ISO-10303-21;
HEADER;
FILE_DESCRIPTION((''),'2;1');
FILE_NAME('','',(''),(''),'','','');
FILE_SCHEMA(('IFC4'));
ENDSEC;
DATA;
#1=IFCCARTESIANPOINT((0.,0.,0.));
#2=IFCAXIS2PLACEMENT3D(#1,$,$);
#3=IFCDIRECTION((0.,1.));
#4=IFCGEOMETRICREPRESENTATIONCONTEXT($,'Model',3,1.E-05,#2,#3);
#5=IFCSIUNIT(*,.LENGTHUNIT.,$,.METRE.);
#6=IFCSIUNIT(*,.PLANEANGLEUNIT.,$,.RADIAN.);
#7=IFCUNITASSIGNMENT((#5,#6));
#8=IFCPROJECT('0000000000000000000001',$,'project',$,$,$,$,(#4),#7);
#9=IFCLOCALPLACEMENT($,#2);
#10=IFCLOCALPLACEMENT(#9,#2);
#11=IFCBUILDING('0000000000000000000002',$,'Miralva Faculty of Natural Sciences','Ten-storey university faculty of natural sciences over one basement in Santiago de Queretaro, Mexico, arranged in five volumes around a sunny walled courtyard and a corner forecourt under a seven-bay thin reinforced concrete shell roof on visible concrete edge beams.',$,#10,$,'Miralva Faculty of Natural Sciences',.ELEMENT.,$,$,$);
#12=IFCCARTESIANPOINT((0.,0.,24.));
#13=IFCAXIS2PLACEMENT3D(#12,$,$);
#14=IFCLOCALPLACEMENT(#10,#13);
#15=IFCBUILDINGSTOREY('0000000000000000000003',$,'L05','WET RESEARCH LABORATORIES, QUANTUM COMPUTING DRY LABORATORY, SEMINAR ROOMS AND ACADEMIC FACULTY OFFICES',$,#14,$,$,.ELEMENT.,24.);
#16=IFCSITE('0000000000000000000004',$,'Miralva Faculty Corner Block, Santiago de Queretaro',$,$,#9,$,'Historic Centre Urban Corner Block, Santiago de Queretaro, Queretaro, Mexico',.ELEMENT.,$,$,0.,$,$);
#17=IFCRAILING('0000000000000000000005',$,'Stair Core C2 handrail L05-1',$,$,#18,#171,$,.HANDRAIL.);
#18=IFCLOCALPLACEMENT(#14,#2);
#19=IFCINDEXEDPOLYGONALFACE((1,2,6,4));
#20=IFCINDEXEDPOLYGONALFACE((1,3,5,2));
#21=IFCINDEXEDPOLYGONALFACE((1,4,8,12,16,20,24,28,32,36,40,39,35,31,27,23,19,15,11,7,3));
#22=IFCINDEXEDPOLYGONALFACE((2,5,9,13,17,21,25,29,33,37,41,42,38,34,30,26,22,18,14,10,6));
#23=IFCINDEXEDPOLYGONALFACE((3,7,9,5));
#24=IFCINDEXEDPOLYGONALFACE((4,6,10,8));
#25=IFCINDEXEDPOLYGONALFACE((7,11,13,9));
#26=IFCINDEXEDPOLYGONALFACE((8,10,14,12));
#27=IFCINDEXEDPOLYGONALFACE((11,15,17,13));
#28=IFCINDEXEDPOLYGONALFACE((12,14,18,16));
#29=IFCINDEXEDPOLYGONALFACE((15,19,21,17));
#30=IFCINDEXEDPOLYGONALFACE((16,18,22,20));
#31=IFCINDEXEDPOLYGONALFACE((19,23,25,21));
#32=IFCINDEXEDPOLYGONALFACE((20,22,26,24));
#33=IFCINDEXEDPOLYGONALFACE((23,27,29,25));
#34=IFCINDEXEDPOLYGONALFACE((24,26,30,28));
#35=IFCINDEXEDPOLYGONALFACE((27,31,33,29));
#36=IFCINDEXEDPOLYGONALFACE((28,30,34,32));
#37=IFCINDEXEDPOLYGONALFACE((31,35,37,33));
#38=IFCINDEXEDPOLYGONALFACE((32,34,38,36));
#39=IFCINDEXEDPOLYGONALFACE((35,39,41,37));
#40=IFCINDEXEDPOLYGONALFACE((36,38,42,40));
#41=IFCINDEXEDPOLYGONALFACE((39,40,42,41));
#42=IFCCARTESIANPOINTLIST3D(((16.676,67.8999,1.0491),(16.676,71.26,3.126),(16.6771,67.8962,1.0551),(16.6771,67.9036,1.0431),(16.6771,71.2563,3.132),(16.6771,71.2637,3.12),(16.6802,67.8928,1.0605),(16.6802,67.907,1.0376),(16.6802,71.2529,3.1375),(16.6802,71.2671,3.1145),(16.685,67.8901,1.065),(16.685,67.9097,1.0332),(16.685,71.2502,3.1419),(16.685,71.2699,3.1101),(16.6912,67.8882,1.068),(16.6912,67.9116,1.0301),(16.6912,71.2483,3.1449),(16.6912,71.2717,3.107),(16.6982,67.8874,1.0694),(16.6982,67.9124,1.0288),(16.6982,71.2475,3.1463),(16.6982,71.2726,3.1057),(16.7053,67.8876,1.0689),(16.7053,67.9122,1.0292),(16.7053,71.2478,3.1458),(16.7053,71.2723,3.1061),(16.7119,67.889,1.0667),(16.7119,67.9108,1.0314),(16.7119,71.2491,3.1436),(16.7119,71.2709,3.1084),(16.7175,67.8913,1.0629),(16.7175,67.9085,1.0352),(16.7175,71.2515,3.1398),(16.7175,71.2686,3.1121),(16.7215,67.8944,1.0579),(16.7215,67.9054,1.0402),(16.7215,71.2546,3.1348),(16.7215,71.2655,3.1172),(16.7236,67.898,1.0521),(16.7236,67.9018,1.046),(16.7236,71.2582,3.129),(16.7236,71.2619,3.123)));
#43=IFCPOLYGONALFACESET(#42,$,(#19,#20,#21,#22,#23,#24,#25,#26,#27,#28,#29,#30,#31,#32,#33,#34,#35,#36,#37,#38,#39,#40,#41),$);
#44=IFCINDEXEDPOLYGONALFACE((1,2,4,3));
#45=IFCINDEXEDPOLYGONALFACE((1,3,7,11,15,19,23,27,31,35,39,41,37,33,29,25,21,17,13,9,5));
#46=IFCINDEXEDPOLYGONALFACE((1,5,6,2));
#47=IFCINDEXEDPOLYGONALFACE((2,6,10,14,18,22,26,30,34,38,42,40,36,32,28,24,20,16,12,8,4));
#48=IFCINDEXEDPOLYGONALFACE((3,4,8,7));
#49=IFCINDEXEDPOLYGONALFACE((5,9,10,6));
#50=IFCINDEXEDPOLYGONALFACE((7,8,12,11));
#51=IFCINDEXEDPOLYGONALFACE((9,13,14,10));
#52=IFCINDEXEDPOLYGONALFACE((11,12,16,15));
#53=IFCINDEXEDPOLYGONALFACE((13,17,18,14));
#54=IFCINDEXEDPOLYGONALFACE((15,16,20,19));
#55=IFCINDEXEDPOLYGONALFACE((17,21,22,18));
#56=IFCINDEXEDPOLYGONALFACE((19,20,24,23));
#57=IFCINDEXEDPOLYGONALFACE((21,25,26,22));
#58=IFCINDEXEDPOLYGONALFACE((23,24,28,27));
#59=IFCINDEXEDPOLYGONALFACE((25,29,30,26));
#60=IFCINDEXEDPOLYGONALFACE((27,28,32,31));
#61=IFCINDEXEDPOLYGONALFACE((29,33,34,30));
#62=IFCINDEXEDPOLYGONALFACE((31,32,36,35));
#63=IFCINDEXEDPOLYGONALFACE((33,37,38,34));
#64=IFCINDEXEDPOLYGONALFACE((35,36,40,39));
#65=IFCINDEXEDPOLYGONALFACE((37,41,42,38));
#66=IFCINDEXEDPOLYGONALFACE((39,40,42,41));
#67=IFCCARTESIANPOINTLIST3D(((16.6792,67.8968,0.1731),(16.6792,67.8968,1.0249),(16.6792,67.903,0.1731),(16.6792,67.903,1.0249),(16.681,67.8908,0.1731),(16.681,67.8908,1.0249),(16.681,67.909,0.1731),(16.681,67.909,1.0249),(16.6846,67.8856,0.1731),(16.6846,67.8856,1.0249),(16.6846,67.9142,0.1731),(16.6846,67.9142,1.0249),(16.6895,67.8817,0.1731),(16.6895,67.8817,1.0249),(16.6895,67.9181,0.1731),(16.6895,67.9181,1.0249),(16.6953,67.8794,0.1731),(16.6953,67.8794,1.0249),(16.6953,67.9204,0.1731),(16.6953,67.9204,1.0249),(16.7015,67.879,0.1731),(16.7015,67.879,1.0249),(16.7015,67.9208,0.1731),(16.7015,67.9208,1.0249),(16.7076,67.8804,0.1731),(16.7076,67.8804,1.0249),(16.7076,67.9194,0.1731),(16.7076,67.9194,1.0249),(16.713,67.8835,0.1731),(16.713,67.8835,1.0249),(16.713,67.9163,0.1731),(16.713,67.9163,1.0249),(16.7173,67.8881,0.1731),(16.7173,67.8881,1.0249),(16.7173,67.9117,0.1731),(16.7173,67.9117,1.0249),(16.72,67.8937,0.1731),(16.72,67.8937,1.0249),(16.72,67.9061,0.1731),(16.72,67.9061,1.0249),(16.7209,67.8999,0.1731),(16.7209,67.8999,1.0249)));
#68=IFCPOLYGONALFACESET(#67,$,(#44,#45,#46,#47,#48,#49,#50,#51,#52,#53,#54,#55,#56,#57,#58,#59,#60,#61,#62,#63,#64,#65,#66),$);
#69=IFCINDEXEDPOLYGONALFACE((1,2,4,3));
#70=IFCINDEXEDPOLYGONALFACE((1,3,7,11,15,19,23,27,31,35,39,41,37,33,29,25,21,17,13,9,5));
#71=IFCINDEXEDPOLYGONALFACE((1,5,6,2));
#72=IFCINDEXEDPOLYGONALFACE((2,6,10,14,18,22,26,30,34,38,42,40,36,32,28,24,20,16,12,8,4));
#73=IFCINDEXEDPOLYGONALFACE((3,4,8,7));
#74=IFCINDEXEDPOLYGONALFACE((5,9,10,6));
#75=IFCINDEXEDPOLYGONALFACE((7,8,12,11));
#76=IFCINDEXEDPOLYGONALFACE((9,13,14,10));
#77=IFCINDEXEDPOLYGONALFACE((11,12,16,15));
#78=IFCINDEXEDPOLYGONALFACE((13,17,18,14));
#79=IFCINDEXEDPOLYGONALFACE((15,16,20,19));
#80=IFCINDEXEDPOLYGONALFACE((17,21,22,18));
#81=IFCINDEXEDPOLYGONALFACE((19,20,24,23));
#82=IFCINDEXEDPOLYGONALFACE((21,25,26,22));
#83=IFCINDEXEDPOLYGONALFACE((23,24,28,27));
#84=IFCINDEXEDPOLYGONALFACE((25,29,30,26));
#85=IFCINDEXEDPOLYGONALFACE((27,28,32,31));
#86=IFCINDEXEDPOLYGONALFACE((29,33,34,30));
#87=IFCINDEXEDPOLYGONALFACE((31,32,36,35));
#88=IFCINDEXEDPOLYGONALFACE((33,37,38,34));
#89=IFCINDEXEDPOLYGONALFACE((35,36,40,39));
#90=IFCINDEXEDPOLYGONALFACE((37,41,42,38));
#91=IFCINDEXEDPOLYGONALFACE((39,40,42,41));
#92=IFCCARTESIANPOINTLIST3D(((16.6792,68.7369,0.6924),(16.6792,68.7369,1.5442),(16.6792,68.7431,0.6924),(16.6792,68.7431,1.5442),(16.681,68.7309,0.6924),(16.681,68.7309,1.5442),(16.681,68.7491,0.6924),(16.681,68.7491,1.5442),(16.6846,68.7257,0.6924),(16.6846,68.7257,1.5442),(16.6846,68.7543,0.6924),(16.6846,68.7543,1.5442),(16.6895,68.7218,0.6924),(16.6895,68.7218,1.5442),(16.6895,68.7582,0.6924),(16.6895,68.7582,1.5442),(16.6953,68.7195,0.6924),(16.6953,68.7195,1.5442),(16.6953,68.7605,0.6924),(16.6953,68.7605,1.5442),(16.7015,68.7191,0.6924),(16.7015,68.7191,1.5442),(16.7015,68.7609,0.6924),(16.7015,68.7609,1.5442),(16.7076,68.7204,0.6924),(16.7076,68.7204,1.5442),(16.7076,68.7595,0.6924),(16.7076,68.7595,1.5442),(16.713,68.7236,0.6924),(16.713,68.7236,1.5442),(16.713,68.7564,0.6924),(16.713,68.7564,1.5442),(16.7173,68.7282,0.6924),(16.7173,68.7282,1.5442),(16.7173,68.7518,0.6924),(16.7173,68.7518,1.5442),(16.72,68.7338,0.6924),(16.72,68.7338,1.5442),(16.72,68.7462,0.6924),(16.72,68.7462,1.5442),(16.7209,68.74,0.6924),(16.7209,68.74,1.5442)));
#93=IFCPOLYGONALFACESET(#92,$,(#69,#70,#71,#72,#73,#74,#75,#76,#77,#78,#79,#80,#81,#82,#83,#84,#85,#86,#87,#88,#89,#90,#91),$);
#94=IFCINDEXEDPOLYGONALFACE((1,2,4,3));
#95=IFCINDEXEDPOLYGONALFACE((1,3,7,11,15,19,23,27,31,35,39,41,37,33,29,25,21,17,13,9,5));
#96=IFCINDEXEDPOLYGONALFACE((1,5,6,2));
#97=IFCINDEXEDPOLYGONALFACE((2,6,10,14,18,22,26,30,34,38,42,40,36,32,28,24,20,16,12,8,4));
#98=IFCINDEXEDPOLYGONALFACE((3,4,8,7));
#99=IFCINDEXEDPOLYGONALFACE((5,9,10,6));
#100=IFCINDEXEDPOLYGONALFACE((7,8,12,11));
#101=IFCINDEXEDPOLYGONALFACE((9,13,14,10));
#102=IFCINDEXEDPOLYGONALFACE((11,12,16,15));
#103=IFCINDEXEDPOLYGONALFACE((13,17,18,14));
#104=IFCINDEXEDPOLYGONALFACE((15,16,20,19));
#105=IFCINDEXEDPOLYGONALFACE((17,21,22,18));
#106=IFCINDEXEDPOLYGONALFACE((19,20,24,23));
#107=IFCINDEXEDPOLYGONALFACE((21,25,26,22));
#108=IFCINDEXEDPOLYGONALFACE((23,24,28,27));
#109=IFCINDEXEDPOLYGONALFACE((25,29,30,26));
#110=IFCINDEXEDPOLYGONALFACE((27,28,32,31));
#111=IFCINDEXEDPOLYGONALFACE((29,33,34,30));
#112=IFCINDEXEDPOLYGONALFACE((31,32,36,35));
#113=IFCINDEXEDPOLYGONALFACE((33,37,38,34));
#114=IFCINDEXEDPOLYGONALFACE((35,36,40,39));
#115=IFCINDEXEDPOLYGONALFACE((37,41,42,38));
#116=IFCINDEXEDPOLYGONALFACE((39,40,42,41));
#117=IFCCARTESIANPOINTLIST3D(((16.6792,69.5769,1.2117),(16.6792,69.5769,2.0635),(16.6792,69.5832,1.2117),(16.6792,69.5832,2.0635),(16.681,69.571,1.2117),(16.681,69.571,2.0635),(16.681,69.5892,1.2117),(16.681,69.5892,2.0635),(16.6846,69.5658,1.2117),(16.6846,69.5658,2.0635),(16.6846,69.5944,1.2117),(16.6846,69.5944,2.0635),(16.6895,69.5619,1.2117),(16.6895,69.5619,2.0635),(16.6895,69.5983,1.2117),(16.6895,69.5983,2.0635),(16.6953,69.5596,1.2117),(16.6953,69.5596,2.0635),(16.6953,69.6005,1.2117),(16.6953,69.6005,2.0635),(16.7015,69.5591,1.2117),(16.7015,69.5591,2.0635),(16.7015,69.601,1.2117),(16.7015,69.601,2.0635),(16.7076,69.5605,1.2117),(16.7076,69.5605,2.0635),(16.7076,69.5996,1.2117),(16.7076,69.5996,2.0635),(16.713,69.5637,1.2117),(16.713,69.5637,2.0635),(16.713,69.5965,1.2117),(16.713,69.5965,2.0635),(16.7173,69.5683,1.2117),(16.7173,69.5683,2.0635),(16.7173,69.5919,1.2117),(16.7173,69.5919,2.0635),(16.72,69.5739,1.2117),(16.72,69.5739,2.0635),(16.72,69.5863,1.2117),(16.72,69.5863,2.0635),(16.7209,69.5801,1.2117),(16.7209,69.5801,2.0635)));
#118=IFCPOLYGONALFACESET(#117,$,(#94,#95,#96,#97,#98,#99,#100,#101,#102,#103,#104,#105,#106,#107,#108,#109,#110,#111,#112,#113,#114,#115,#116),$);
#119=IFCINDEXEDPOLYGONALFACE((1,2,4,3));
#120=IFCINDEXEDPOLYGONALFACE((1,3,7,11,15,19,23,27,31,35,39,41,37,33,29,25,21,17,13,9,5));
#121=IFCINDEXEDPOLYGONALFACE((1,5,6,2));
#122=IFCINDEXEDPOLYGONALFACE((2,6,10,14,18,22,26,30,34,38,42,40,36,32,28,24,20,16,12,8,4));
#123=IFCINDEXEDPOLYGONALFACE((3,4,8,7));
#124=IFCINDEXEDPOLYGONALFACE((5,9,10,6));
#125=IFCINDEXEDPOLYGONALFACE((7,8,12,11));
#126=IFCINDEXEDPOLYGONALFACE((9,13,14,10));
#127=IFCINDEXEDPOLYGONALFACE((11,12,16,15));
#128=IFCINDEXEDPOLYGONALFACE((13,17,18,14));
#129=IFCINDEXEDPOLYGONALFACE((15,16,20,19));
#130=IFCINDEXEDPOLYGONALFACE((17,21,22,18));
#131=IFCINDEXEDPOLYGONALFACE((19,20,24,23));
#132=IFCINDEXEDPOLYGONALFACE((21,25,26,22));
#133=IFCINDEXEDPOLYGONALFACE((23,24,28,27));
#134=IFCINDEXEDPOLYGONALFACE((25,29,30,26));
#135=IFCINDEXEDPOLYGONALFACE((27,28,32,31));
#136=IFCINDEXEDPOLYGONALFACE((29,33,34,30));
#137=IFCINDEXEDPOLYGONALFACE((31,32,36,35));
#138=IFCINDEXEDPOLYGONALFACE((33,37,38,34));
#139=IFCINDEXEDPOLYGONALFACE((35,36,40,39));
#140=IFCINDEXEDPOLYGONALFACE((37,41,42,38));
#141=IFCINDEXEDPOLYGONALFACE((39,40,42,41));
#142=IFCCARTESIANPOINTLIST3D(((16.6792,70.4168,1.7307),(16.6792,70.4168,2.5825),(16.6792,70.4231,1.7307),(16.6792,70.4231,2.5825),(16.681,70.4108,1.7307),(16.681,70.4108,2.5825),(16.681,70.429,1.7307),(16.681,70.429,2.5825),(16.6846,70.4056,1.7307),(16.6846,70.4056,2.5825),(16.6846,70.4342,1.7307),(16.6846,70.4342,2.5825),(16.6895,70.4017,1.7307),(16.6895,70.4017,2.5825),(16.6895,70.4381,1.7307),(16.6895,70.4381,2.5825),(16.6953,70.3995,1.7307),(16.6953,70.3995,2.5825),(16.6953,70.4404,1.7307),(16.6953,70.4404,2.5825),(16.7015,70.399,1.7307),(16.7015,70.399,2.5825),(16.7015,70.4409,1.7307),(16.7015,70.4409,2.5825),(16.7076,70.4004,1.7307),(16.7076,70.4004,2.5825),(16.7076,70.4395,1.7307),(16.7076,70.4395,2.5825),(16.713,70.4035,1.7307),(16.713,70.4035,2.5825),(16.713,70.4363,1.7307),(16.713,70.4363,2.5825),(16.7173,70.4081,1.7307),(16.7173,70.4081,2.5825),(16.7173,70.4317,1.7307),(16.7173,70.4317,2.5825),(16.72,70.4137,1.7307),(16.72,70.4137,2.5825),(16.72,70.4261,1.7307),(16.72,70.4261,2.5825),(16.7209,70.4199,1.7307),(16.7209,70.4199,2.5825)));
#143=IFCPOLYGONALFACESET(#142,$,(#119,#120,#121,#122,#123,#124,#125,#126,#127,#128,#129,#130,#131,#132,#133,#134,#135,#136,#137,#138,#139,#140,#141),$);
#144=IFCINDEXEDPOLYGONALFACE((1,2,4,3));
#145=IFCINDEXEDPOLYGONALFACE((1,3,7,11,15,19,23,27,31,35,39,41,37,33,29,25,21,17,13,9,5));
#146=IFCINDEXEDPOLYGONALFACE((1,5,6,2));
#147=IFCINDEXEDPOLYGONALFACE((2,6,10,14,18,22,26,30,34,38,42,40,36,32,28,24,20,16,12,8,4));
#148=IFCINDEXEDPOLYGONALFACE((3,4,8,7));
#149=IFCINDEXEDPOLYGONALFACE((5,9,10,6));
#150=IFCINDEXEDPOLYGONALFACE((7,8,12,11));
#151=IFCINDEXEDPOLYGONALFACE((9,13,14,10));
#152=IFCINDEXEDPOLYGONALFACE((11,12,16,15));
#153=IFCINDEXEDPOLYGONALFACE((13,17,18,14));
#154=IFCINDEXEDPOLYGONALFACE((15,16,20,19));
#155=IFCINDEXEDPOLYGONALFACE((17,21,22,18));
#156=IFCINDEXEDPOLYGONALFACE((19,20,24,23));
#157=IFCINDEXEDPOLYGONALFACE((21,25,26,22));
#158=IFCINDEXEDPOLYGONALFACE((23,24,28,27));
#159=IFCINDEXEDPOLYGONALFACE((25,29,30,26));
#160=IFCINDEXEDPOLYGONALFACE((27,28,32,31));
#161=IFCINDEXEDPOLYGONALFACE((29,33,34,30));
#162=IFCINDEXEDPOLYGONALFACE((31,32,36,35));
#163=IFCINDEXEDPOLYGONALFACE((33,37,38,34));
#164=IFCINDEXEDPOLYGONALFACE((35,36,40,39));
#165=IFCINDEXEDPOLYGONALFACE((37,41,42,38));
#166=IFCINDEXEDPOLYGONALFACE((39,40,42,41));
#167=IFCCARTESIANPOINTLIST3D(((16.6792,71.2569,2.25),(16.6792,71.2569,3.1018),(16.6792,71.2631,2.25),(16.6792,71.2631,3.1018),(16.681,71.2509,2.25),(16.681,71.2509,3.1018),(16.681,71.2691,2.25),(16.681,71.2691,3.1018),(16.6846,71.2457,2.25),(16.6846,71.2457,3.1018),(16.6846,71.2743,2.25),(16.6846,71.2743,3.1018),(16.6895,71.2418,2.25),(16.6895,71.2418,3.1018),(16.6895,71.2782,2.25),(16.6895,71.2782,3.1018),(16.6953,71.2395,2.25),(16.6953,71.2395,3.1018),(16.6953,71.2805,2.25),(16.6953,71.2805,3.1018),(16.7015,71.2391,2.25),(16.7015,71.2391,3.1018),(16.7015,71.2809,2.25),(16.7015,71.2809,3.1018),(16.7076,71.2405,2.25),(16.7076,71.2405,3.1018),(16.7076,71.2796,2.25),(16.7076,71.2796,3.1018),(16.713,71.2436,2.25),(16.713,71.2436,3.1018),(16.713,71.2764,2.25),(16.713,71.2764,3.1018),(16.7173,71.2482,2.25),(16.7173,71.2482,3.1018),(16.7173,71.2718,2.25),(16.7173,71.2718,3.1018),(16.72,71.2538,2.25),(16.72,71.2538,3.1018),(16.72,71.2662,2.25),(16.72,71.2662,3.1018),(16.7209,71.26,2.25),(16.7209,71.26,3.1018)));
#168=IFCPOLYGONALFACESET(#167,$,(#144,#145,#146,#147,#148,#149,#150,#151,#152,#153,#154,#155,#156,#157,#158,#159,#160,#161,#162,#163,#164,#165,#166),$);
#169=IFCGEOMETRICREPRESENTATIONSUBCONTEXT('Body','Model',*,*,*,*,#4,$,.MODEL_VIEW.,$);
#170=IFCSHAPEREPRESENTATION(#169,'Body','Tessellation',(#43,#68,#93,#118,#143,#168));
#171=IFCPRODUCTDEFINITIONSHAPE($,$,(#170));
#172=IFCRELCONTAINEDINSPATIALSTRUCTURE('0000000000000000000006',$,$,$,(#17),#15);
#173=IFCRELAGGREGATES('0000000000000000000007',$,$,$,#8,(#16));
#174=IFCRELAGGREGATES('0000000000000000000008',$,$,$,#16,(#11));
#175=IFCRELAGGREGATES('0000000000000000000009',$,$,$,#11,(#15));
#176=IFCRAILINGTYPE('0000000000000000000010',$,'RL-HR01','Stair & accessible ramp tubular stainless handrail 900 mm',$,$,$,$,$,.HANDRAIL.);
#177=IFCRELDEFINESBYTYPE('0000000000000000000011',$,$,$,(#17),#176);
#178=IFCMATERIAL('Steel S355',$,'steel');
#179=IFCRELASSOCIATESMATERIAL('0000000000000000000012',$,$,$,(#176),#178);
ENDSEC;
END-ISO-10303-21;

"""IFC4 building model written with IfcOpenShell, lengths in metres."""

from ifc_helpers import new_model, si_unit, direction, frame, origin, origin_2d, place, context, subcontext, project, spatial, circle, extrude, material, type_object, element, save


model = new_model("IFC4")

# Units and contexts
model_context = context("Model", 3, precision=1e-05, world=origin(), true_north=direction((0.0, 1.0)))
body_context = subcontext(model_context, "Body", "Model", "MODEL_VIEW")
ifc_project = project(units=[si_unit("LENGTHUNIT", "METRE"), si_unit("PLANEANGLEUNIT", "RADIAN")], contexts=[model_context])

# Site, building, storey
site_placement = place(None, origin())
site = spatial("IfcSite", under=ifc_project, at=site_placement, Name="Miralva Faculty Corner Block, Santiago de Queretaro", LongName="Historic Centre Urban Corner Block, Santiago de Queretaro, Queretaro, Mexico", CompositionType="ELEMENT", RefElevation=0.0)
building_placement = place(site_placement, origin())
building = spatial("IfcBuilding", under=site, at=building_placement, Name="Miralva Faculty of Natural Sciences", Description="Ten-storey university faculty of natural sciences over one basement in Santiago de Queretaro, Mexico, arranged in five volumes around a sunny walled courtyard and a corner forecourt under a seven-bay thin reinforced concrete shell roof on visible concrete edge beams.", LongName="Miralva Faculty of Natural Sciences", CompositionType="ELEMENT")
storey_placement = place(building_placement, frame((0.0, 0.0, 24.0)))
storey = spatial("IfcBuildingStorey", under=building, at=storey_placement, Name="L05", Description="WET RESEARCH LABORATORIES, QUANTUM COMPUTING DRY LABORATORY, SEMINAR ROOMS AND ACADEMIC FACULTY OFFICES", CompositionType="ELEMENT", Elevation=24.0)

# Railing
ifc_material_1 = material(Name="Steel S355", Category="steel")
railing_type_1 = type_object("IfcRailingType", Name="RL-HR01", Description="Stair & accessible ramp tubular stainless handrail 900 mm", PredefinedType="HANDRAIL", material=ifc_material_1)
railing_1_placement = place(storey_placement, frame((16.7, 67.8999, 0.1731)))
element("IfcRailing", 1, at=railing_1_placement, inside=storey, type_object=railing_type_1, Name="Stair Core C2 handrail L05-1", PredefinedType="HANDRAIL", context=body_context, shape_type="SweptSolid", body=[
    extrude(circle(Radius=0.0239, at=origin_2d()), frame((0.0, 0.0, 0.876), z_axis=(0.0, 0.850623, 0.525776), x_axis=(-1.0, 0.0, 0.0)), (0.0, 0.0, 1.0), 3.9502),
    extrude(circle(Radius=0.021, at=origin_2d()), origin(), (0.0, 0.0, 1.0), 0.8518),
    extrude(circle(Radius=0.021, at=origin_2d()), frame((0.0, 0.8401, 0.5193)), (0.0, 0.0, 1.0), 0.8518),
    extrude(circle(Radius=0.021, at=origin_2d()), frame((0.0, 1.6802, 1.0386)), (0.0, 0.0, 1.0), 0.8518),
    extrude(circle(Radius=0.021, at=origin_2d()), frame((0.0, 2.52, 1.5576)), (0.0, 0.0, 1.0), 0.8518),
    extrude(circle(Radius=0.021, at=origin_2d()), frame((0.0, 3.3601, 2.0769)), (0.0, 0.0, 1.0), 0.8518),
])

save(model, "model.ifc")
